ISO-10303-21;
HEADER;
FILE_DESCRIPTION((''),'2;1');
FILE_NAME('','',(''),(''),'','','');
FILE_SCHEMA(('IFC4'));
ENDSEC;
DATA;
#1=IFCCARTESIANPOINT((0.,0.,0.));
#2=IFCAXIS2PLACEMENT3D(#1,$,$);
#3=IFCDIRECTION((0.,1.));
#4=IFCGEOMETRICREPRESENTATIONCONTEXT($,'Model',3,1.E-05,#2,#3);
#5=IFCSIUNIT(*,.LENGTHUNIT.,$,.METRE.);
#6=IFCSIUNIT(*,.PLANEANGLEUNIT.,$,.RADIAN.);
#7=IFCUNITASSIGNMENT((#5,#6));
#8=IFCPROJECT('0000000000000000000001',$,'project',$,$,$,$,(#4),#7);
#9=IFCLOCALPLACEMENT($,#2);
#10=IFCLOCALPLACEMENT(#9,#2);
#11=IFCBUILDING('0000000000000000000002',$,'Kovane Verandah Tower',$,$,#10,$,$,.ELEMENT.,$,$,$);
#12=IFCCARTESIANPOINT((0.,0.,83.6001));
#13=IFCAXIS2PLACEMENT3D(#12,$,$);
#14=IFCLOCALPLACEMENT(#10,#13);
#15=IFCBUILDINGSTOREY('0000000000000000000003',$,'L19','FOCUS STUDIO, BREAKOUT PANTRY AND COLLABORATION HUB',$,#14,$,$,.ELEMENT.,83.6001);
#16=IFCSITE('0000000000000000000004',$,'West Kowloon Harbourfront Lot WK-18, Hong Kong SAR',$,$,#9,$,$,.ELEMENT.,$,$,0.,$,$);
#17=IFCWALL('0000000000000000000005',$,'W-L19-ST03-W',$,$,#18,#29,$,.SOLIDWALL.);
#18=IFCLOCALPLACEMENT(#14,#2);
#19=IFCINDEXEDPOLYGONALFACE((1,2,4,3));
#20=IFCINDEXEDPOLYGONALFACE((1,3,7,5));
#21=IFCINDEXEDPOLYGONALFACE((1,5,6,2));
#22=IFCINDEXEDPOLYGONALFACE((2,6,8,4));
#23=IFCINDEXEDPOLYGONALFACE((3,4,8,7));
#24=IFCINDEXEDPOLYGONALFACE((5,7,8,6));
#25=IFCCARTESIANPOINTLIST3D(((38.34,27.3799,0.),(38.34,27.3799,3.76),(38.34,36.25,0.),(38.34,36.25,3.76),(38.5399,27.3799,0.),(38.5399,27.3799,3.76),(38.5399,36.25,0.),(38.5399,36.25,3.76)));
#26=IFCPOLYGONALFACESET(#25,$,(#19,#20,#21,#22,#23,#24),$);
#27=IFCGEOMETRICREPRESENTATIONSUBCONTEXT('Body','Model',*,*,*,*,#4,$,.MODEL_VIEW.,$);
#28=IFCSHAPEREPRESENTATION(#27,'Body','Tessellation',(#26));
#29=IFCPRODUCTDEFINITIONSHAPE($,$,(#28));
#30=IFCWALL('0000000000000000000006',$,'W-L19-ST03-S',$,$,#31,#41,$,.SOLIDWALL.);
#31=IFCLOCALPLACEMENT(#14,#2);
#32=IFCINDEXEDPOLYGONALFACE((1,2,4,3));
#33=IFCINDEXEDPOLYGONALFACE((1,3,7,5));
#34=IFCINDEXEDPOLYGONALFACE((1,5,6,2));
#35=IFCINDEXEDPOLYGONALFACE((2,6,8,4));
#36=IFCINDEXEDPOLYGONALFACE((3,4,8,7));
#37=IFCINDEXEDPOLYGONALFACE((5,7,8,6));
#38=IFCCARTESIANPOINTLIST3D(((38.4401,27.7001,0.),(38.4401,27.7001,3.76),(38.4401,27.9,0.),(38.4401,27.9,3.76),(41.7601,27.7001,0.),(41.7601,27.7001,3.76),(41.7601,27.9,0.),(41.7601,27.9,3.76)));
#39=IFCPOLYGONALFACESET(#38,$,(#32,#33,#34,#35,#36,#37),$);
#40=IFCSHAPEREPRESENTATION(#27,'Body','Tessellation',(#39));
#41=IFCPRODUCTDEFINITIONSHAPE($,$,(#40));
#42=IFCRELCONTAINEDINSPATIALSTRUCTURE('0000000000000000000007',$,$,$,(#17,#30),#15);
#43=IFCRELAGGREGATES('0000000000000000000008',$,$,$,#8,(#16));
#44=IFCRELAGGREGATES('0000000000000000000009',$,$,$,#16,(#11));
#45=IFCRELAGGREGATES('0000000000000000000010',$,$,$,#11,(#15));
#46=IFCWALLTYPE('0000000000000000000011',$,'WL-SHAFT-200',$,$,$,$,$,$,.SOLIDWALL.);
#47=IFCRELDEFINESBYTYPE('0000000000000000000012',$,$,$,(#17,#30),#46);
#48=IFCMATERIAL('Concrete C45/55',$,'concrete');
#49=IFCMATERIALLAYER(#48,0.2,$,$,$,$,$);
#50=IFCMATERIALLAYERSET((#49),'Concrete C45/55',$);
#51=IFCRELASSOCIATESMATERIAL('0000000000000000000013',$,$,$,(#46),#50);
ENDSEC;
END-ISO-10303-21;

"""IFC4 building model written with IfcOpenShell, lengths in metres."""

from ifc_helpers import new_model, si_unit, direction, frame, frame_2d, origin, place, context, subcontext, project, spatial, rectangle, extrude, material, layer, layer_set, type_object, element, save


model = new_model("IFC4")

# Units and contexts
model_context = context("Model", 3, precision=1e-05, world=origin(), true_north=direction((0.0, 1.0)))
body_context = subcontext(model_context, "Body", "Model", "MODEL_VIEW")
ifc_project = project(units=[si_unit("LENGTHUNIT", "METRE"), si_unit("PLANEANGLEUNIT", "RADIAN")], contexts=[model_context])

# Site, building, storey
site_placement = place(None, origin())
site = spatial("IfcSite", under=ifc_project, at=site_placement, Name="West Kowloon Harbourfront Lot WK-18, Hong Kong SAR", CompositionType="ELEMENT", RefElevation=0.0)
building_placement = place(site_placement, origin())
building = spatial("IfcBuilding", under=site, at=building_placement, Name="Kovane Verandah Tower", CompositionType="ELEMENT")
storey_placement = place(building_placement, frame((0.0, 0.0, 83.6001)))
storey = spatial("IfcBuildingStorey", under=building, at=storey_placement, Name="L19", Description="FOCUS STUDIO, BREAKOUT PANTRY AND COLLABORATION HUB", CompositionType="ELEMENT", Elevation=83.6001)

# Walls
ifc_material_1 = material(Name="Concrete C45/55", Category="concrete")
ifc_layer_1 = layer(ifc_material_1, 0.2)
ifc_layer_set_1 = layer_set([ifc_layer_1], Name="Concrete C45/55")
wall_type_1 = type_object("IfcWallType", Name="WL-SHAFT-200", PredefinedType="SOLIDWALL", material=ifc_layer_set_1)
wall_1_placement = place(storey_placement, frame((38.4399, 27.3799, 0.0), z_axis=(0.0, 0.0, 1.0), x_axis=(0.0, 1.0, 0.0)))
element("IfcWall", 1, at=wall_1_placement, inside=storey, type_object=wall_type_1, Name="W-L19-ST03-W", PredefinedType="SOLIDWALL", context=body_context, shape_type="SweptSolid", body=[
    extrude(rectangle(XDim=8.8701, YDim=0.2, at=frame_2d((4.4351, 0.0))), origin(), (0.0, 0.0, 1.0), 3.76),
])
wall_2_placement = place(storey_placement, frame((38.4399, 27.8, 0.0), z_axis=(0.0, 0.0, 1.0), x_axis=(1.0, 0.0, 0.0)))
element("IfcWall", 2, at=wall_2_placement, inside=storey, type_object=wall_type_1, Name="W-L19-ST03-S", PredefinedType="SOLIDWALL", context=body_context, shape_type="SweptSolid", body=[
    extrude(rectangle(XDim=3.3201, YDim=0.2, at=frame_2d((1.6602, 0.0))), origin(), (0.0, 0.0, 1.0), 3.76),
])

save(model, "model.ifc")
